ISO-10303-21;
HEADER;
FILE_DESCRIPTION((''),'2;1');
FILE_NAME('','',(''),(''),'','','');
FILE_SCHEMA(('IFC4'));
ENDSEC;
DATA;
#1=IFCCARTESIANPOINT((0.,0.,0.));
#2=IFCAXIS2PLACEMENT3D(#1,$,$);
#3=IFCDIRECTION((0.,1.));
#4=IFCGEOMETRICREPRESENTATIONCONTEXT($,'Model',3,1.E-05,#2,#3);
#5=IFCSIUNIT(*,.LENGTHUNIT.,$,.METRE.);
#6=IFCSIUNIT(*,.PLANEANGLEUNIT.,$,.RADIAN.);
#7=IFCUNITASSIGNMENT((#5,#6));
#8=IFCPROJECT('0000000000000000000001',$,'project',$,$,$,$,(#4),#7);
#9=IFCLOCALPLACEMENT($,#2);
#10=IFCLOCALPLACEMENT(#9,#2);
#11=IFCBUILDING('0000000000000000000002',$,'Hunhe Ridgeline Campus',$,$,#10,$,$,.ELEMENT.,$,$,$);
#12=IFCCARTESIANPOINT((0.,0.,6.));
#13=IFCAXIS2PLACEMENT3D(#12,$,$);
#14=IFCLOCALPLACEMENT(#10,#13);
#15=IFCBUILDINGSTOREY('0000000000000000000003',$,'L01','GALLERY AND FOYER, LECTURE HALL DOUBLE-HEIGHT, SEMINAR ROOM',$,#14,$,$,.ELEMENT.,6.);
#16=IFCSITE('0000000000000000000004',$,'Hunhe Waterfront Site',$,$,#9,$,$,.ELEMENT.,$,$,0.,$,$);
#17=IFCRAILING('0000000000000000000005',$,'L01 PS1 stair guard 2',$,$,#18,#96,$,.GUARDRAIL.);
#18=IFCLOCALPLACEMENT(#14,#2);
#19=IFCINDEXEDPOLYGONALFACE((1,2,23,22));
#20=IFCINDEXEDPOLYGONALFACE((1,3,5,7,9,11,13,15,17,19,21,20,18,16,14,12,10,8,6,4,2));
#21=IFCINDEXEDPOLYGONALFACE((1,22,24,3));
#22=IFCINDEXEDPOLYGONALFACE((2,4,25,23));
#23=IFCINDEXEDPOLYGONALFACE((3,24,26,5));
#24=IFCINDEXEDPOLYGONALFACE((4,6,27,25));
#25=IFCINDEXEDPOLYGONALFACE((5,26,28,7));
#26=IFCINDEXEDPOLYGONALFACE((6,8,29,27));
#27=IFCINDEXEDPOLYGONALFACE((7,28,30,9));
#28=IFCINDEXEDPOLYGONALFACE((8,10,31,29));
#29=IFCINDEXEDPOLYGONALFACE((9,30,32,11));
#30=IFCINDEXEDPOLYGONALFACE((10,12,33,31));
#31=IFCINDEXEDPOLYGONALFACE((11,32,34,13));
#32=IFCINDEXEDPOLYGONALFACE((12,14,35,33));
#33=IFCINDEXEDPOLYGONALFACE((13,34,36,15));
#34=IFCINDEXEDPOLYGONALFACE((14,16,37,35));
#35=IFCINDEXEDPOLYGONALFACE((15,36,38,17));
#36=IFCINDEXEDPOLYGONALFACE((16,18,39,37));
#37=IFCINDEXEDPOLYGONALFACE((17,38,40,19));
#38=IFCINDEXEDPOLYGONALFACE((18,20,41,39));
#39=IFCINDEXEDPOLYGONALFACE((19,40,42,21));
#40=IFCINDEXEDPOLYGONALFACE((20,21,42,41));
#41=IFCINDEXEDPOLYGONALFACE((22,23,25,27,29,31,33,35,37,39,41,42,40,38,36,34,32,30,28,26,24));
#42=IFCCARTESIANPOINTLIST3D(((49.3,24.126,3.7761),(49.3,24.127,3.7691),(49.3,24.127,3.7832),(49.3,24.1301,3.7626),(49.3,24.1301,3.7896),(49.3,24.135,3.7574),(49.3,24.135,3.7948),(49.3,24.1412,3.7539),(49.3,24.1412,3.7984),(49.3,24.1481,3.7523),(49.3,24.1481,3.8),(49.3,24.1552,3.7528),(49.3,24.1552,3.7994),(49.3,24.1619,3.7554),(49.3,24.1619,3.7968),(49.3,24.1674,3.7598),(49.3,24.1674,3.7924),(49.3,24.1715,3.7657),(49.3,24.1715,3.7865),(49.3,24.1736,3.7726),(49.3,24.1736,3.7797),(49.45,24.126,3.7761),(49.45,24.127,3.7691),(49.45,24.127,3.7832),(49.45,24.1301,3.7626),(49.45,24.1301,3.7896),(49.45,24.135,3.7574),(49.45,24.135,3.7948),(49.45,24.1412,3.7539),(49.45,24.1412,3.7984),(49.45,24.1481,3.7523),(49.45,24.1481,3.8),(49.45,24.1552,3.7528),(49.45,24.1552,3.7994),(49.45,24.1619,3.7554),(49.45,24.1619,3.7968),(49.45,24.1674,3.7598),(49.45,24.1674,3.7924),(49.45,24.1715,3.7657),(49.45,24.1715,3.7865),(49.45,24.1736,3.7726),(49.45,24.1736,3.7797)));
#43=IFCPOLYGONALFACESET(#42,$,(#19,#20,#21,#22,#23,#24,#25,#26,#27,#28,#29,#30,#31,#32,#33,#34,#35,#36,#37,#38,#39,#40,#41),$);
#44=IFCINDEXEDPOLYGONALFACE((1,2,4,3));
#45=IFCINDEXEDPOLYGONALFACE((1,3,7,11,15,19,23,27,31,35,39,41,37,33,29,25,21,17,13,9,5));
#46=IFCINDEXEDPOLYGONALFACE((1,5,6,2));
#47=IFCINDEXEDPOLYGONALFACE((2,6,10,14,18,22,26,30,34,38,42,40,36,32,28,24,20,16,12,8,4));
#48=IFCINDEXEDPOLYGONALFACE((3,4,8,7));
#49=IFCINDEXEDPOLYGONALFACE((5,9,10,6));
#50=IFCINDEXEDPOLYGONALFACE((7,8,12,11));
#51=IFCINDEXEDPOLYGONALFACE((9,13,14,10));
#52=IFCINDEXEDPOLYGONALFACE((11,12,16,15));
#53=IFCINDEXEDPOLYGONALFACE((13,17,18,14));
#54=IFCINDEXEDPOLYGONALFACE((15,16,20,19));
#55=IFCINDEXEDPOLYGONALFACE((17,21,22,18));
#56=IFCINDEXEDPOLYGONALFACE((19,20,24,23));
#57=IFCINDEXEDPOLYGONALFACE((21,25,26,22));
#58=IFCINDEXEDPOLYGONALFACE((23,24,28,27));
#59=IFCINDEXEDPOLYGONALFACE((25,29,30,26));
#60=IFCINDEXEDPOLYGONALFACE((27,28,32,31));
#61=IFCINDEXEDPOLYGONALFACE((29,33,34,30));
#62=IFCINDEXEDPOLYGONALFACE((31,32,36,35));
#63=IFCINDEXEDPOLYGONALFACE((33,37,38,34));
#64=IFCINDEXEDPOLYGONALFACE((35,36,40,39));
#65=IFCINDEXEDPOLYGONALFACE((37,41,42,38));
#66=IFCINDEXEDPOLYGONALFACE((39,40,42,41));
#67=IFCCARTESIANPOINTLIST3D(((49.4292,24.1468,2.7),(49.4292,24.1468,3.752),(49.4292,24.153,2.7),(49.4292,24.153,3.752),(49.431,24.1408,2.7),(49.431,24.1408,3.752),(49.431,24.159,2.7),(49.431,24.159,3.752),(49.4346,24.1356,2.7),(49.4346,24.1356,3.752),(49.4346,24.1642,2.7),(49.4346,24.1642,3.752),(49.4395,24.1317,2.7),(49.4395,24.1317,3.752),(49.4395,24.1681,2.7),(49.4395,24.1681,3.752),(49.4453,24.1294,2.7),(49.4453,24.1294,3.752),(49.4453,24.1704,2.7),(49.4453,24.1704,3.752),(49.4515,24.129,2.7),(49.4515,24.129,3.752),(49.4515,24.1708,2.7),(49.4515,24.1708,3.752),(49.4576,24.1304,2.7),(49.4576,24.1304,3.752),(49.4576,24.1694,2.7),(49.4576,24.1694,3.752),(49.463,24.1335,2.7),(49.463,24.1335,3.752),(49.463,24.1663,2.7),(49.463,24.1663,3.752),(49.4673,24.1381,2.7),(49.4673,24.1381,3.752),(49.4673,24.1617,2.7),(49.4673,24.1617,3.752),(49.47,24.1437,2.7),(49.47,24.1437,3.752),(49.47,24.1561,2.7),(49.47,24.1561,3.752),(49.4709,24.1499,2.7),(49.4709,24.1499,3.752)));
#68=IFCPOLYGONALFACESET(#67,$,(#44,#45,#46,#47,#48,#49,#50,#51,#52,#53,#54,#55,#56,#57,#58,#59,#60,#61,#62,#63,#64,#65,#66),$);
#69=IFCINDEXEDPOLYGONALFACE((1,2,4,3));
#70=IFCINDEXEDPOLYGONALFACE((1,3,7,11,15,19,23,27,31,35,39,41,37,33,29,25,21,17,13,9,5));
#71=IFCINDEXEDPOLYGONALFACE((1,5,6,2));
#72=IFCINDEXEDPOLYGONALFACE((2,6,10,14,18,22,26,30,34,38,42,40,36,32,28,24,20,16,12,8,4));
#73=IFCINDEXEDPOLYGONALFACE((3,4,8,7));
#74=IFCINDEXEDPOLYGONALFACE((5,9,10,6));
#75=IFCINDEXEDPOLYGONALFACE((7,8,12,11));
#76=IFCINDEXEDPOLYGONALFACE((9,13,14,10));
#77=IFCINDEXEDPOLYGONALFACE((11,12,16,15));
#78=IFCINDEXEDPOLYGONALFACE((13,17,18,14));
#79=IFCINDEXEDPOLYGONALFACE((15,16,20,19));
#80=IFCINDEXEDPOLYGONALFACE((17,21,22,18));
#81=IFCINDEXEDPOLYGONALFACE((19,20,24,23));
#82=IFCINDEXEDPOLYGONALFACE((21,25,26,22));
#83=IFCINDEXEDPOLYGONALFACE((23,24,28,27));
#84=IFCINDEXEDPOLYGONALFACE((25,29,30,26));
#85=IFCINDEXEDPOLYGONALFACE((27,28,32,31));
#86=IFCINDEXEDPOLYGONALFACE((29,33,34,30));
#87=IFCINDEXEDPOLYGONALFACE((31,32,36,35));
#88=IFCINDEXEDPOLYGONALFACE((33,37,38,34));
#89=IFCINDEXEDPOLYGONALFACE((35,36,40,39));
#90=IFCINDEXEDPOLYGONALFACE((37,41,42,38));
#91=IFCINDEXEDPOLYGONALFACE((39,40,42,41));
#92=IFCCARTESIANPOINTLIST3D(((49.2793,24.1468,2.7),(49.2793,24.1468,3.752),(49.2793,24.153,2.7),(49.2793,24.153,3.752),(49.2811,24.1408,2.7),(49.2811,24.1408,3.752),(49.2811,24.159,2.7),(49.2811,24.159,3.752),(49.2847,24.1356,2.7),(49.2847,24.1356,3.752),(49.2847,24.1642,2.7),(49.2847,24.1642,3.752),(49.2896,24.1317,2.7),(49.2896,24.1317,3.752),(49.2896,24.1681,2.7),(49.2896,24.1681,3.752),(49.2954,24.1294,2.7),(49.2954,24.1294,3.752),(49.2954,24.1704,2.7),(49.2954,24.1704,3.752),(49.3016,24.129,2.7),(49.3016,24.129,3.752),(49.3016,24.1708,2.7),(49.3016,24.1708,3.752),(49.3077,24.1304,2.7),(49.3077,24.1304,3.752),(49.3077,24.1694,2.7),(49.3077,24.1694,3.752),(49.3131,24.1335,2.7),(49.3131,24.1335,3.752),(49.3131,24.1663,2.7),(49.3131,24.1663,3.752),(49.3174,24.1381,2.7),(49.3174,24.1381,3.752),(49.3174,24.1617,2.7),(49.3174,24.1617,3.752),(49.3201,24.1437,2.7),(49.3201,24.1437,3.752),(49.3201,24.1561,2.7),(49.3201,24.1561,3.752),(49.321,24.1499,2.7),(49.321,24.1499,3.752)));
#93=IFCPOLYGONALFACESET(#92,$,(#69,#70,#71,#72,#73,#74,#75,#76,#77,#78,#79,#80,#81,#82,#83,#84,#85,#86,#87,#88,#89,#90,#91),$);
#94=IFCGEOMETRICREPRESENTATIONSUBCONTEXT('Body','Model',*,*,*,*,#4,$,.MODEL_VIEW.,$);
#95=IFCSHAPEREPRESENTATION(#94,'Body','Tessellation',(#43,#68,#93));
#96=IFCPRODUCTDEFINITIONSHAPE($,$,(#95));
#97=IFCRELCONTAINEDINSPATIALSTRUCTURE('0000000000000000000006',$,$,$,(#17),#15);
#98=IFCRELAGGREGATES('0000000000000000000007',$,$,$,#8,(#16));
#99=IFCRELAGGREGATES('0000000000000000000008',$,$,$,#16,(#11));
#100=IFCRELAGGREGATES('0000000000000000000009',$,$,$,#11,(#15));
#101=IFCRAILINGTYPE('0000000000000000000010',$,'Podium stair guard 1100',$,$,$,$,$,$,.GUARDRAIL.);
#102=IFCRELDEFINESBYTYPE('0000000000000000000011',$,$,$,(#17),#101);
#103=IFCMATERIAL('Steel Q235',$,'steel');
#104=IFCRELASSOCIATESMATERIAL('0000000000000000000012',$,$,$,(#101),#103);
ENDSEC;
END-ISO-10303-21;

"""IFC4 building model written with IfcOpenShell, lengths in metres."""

from ifc_helpers import new_model, si_unit, direction, frame, origin, origin_2d, place, context, subcontext, project, spatial, circle, extrude, material, type_object, element, save


model = new_model("IFC4")

# Units and contexts
model_context = context("Model", 3, precision=1e-05, world=origin(), true_north=direction((0.0, 1.0)))
body_context = subcontext(model_context, "Body", "Model", "MODEL_VIEW")
ifc_project = project(units=[si_unit("LENGTHUNIT", "METRE"), si_unit("PLANEANGLEUNIT", "RADIAN")], contexts=[model_context])

# Site, building, storey
site_placement = place(None, origin())
site = spatial("IfcSite", under=ifc_project, at=site_placement, Name="Hunhe Waterfront Site", CompositionType="ELEMENT", RefElevation=0.0)
building_placement = place(site_placement, origin())
building = spatial("IfcBuilding", under=site, at=building_placement, Name="Hunhe Ridgeline Campus", CompositionType="ELEMENT")
storey_placement = place(building_placement, frame((0.0, 0.0, 6.0)))
storey = spatial("IfcBuildingStorey", under=building, at=storey_placement, Name="L01", Description="GALLERY AND FOYER, LECTURE HALL DOUBLE-HEIGHT, SEMINAR ROOM", CompositionType="ELEMENT", Elevation=6.0)

# Shared definitions
ifc_material_1 = material(Name="Steel Q235", Category="steel")

# Railing
railing_type_1 = type_object("IfcRailingType", Name="Podium stair guard 1100", PredefinedType="GUARDRAIL", material=ifc_material_1)
railing_1_placement = place(storey_placement, frame((49.45, 24.1499, 2.7)))
element("IfcRailing", 1, at=railing_1_placement, inside=storey, type_object=railing_type_1, Name="L01 PS1 stair guard 2", PredefinedType="GUARDRAIL", context=body_context, shape_type="SweptSolid", body=[
    extrude(circle(Radius=0.0239, at=origin_2d()), frame((0.0, 0.0, 1.0762), z_axis=(-1.0, 0.0, 0.0), x_axis=(0.0, -1.0, 0.0)), (0.0, 0.0, 1.0), 0.1499),
    extrude(circle(Radius=0.021, at=origin_2d()), origin(), (0.0, 0.0, 1.0), 1.052),
    extrude(circle(Radius=0.021, at=origin_2d()), frame((-0.1499, 0.0, 0.0)), (0.0, 0.0, 1.0), 1.052),
])

save(model, "model.ifc")
